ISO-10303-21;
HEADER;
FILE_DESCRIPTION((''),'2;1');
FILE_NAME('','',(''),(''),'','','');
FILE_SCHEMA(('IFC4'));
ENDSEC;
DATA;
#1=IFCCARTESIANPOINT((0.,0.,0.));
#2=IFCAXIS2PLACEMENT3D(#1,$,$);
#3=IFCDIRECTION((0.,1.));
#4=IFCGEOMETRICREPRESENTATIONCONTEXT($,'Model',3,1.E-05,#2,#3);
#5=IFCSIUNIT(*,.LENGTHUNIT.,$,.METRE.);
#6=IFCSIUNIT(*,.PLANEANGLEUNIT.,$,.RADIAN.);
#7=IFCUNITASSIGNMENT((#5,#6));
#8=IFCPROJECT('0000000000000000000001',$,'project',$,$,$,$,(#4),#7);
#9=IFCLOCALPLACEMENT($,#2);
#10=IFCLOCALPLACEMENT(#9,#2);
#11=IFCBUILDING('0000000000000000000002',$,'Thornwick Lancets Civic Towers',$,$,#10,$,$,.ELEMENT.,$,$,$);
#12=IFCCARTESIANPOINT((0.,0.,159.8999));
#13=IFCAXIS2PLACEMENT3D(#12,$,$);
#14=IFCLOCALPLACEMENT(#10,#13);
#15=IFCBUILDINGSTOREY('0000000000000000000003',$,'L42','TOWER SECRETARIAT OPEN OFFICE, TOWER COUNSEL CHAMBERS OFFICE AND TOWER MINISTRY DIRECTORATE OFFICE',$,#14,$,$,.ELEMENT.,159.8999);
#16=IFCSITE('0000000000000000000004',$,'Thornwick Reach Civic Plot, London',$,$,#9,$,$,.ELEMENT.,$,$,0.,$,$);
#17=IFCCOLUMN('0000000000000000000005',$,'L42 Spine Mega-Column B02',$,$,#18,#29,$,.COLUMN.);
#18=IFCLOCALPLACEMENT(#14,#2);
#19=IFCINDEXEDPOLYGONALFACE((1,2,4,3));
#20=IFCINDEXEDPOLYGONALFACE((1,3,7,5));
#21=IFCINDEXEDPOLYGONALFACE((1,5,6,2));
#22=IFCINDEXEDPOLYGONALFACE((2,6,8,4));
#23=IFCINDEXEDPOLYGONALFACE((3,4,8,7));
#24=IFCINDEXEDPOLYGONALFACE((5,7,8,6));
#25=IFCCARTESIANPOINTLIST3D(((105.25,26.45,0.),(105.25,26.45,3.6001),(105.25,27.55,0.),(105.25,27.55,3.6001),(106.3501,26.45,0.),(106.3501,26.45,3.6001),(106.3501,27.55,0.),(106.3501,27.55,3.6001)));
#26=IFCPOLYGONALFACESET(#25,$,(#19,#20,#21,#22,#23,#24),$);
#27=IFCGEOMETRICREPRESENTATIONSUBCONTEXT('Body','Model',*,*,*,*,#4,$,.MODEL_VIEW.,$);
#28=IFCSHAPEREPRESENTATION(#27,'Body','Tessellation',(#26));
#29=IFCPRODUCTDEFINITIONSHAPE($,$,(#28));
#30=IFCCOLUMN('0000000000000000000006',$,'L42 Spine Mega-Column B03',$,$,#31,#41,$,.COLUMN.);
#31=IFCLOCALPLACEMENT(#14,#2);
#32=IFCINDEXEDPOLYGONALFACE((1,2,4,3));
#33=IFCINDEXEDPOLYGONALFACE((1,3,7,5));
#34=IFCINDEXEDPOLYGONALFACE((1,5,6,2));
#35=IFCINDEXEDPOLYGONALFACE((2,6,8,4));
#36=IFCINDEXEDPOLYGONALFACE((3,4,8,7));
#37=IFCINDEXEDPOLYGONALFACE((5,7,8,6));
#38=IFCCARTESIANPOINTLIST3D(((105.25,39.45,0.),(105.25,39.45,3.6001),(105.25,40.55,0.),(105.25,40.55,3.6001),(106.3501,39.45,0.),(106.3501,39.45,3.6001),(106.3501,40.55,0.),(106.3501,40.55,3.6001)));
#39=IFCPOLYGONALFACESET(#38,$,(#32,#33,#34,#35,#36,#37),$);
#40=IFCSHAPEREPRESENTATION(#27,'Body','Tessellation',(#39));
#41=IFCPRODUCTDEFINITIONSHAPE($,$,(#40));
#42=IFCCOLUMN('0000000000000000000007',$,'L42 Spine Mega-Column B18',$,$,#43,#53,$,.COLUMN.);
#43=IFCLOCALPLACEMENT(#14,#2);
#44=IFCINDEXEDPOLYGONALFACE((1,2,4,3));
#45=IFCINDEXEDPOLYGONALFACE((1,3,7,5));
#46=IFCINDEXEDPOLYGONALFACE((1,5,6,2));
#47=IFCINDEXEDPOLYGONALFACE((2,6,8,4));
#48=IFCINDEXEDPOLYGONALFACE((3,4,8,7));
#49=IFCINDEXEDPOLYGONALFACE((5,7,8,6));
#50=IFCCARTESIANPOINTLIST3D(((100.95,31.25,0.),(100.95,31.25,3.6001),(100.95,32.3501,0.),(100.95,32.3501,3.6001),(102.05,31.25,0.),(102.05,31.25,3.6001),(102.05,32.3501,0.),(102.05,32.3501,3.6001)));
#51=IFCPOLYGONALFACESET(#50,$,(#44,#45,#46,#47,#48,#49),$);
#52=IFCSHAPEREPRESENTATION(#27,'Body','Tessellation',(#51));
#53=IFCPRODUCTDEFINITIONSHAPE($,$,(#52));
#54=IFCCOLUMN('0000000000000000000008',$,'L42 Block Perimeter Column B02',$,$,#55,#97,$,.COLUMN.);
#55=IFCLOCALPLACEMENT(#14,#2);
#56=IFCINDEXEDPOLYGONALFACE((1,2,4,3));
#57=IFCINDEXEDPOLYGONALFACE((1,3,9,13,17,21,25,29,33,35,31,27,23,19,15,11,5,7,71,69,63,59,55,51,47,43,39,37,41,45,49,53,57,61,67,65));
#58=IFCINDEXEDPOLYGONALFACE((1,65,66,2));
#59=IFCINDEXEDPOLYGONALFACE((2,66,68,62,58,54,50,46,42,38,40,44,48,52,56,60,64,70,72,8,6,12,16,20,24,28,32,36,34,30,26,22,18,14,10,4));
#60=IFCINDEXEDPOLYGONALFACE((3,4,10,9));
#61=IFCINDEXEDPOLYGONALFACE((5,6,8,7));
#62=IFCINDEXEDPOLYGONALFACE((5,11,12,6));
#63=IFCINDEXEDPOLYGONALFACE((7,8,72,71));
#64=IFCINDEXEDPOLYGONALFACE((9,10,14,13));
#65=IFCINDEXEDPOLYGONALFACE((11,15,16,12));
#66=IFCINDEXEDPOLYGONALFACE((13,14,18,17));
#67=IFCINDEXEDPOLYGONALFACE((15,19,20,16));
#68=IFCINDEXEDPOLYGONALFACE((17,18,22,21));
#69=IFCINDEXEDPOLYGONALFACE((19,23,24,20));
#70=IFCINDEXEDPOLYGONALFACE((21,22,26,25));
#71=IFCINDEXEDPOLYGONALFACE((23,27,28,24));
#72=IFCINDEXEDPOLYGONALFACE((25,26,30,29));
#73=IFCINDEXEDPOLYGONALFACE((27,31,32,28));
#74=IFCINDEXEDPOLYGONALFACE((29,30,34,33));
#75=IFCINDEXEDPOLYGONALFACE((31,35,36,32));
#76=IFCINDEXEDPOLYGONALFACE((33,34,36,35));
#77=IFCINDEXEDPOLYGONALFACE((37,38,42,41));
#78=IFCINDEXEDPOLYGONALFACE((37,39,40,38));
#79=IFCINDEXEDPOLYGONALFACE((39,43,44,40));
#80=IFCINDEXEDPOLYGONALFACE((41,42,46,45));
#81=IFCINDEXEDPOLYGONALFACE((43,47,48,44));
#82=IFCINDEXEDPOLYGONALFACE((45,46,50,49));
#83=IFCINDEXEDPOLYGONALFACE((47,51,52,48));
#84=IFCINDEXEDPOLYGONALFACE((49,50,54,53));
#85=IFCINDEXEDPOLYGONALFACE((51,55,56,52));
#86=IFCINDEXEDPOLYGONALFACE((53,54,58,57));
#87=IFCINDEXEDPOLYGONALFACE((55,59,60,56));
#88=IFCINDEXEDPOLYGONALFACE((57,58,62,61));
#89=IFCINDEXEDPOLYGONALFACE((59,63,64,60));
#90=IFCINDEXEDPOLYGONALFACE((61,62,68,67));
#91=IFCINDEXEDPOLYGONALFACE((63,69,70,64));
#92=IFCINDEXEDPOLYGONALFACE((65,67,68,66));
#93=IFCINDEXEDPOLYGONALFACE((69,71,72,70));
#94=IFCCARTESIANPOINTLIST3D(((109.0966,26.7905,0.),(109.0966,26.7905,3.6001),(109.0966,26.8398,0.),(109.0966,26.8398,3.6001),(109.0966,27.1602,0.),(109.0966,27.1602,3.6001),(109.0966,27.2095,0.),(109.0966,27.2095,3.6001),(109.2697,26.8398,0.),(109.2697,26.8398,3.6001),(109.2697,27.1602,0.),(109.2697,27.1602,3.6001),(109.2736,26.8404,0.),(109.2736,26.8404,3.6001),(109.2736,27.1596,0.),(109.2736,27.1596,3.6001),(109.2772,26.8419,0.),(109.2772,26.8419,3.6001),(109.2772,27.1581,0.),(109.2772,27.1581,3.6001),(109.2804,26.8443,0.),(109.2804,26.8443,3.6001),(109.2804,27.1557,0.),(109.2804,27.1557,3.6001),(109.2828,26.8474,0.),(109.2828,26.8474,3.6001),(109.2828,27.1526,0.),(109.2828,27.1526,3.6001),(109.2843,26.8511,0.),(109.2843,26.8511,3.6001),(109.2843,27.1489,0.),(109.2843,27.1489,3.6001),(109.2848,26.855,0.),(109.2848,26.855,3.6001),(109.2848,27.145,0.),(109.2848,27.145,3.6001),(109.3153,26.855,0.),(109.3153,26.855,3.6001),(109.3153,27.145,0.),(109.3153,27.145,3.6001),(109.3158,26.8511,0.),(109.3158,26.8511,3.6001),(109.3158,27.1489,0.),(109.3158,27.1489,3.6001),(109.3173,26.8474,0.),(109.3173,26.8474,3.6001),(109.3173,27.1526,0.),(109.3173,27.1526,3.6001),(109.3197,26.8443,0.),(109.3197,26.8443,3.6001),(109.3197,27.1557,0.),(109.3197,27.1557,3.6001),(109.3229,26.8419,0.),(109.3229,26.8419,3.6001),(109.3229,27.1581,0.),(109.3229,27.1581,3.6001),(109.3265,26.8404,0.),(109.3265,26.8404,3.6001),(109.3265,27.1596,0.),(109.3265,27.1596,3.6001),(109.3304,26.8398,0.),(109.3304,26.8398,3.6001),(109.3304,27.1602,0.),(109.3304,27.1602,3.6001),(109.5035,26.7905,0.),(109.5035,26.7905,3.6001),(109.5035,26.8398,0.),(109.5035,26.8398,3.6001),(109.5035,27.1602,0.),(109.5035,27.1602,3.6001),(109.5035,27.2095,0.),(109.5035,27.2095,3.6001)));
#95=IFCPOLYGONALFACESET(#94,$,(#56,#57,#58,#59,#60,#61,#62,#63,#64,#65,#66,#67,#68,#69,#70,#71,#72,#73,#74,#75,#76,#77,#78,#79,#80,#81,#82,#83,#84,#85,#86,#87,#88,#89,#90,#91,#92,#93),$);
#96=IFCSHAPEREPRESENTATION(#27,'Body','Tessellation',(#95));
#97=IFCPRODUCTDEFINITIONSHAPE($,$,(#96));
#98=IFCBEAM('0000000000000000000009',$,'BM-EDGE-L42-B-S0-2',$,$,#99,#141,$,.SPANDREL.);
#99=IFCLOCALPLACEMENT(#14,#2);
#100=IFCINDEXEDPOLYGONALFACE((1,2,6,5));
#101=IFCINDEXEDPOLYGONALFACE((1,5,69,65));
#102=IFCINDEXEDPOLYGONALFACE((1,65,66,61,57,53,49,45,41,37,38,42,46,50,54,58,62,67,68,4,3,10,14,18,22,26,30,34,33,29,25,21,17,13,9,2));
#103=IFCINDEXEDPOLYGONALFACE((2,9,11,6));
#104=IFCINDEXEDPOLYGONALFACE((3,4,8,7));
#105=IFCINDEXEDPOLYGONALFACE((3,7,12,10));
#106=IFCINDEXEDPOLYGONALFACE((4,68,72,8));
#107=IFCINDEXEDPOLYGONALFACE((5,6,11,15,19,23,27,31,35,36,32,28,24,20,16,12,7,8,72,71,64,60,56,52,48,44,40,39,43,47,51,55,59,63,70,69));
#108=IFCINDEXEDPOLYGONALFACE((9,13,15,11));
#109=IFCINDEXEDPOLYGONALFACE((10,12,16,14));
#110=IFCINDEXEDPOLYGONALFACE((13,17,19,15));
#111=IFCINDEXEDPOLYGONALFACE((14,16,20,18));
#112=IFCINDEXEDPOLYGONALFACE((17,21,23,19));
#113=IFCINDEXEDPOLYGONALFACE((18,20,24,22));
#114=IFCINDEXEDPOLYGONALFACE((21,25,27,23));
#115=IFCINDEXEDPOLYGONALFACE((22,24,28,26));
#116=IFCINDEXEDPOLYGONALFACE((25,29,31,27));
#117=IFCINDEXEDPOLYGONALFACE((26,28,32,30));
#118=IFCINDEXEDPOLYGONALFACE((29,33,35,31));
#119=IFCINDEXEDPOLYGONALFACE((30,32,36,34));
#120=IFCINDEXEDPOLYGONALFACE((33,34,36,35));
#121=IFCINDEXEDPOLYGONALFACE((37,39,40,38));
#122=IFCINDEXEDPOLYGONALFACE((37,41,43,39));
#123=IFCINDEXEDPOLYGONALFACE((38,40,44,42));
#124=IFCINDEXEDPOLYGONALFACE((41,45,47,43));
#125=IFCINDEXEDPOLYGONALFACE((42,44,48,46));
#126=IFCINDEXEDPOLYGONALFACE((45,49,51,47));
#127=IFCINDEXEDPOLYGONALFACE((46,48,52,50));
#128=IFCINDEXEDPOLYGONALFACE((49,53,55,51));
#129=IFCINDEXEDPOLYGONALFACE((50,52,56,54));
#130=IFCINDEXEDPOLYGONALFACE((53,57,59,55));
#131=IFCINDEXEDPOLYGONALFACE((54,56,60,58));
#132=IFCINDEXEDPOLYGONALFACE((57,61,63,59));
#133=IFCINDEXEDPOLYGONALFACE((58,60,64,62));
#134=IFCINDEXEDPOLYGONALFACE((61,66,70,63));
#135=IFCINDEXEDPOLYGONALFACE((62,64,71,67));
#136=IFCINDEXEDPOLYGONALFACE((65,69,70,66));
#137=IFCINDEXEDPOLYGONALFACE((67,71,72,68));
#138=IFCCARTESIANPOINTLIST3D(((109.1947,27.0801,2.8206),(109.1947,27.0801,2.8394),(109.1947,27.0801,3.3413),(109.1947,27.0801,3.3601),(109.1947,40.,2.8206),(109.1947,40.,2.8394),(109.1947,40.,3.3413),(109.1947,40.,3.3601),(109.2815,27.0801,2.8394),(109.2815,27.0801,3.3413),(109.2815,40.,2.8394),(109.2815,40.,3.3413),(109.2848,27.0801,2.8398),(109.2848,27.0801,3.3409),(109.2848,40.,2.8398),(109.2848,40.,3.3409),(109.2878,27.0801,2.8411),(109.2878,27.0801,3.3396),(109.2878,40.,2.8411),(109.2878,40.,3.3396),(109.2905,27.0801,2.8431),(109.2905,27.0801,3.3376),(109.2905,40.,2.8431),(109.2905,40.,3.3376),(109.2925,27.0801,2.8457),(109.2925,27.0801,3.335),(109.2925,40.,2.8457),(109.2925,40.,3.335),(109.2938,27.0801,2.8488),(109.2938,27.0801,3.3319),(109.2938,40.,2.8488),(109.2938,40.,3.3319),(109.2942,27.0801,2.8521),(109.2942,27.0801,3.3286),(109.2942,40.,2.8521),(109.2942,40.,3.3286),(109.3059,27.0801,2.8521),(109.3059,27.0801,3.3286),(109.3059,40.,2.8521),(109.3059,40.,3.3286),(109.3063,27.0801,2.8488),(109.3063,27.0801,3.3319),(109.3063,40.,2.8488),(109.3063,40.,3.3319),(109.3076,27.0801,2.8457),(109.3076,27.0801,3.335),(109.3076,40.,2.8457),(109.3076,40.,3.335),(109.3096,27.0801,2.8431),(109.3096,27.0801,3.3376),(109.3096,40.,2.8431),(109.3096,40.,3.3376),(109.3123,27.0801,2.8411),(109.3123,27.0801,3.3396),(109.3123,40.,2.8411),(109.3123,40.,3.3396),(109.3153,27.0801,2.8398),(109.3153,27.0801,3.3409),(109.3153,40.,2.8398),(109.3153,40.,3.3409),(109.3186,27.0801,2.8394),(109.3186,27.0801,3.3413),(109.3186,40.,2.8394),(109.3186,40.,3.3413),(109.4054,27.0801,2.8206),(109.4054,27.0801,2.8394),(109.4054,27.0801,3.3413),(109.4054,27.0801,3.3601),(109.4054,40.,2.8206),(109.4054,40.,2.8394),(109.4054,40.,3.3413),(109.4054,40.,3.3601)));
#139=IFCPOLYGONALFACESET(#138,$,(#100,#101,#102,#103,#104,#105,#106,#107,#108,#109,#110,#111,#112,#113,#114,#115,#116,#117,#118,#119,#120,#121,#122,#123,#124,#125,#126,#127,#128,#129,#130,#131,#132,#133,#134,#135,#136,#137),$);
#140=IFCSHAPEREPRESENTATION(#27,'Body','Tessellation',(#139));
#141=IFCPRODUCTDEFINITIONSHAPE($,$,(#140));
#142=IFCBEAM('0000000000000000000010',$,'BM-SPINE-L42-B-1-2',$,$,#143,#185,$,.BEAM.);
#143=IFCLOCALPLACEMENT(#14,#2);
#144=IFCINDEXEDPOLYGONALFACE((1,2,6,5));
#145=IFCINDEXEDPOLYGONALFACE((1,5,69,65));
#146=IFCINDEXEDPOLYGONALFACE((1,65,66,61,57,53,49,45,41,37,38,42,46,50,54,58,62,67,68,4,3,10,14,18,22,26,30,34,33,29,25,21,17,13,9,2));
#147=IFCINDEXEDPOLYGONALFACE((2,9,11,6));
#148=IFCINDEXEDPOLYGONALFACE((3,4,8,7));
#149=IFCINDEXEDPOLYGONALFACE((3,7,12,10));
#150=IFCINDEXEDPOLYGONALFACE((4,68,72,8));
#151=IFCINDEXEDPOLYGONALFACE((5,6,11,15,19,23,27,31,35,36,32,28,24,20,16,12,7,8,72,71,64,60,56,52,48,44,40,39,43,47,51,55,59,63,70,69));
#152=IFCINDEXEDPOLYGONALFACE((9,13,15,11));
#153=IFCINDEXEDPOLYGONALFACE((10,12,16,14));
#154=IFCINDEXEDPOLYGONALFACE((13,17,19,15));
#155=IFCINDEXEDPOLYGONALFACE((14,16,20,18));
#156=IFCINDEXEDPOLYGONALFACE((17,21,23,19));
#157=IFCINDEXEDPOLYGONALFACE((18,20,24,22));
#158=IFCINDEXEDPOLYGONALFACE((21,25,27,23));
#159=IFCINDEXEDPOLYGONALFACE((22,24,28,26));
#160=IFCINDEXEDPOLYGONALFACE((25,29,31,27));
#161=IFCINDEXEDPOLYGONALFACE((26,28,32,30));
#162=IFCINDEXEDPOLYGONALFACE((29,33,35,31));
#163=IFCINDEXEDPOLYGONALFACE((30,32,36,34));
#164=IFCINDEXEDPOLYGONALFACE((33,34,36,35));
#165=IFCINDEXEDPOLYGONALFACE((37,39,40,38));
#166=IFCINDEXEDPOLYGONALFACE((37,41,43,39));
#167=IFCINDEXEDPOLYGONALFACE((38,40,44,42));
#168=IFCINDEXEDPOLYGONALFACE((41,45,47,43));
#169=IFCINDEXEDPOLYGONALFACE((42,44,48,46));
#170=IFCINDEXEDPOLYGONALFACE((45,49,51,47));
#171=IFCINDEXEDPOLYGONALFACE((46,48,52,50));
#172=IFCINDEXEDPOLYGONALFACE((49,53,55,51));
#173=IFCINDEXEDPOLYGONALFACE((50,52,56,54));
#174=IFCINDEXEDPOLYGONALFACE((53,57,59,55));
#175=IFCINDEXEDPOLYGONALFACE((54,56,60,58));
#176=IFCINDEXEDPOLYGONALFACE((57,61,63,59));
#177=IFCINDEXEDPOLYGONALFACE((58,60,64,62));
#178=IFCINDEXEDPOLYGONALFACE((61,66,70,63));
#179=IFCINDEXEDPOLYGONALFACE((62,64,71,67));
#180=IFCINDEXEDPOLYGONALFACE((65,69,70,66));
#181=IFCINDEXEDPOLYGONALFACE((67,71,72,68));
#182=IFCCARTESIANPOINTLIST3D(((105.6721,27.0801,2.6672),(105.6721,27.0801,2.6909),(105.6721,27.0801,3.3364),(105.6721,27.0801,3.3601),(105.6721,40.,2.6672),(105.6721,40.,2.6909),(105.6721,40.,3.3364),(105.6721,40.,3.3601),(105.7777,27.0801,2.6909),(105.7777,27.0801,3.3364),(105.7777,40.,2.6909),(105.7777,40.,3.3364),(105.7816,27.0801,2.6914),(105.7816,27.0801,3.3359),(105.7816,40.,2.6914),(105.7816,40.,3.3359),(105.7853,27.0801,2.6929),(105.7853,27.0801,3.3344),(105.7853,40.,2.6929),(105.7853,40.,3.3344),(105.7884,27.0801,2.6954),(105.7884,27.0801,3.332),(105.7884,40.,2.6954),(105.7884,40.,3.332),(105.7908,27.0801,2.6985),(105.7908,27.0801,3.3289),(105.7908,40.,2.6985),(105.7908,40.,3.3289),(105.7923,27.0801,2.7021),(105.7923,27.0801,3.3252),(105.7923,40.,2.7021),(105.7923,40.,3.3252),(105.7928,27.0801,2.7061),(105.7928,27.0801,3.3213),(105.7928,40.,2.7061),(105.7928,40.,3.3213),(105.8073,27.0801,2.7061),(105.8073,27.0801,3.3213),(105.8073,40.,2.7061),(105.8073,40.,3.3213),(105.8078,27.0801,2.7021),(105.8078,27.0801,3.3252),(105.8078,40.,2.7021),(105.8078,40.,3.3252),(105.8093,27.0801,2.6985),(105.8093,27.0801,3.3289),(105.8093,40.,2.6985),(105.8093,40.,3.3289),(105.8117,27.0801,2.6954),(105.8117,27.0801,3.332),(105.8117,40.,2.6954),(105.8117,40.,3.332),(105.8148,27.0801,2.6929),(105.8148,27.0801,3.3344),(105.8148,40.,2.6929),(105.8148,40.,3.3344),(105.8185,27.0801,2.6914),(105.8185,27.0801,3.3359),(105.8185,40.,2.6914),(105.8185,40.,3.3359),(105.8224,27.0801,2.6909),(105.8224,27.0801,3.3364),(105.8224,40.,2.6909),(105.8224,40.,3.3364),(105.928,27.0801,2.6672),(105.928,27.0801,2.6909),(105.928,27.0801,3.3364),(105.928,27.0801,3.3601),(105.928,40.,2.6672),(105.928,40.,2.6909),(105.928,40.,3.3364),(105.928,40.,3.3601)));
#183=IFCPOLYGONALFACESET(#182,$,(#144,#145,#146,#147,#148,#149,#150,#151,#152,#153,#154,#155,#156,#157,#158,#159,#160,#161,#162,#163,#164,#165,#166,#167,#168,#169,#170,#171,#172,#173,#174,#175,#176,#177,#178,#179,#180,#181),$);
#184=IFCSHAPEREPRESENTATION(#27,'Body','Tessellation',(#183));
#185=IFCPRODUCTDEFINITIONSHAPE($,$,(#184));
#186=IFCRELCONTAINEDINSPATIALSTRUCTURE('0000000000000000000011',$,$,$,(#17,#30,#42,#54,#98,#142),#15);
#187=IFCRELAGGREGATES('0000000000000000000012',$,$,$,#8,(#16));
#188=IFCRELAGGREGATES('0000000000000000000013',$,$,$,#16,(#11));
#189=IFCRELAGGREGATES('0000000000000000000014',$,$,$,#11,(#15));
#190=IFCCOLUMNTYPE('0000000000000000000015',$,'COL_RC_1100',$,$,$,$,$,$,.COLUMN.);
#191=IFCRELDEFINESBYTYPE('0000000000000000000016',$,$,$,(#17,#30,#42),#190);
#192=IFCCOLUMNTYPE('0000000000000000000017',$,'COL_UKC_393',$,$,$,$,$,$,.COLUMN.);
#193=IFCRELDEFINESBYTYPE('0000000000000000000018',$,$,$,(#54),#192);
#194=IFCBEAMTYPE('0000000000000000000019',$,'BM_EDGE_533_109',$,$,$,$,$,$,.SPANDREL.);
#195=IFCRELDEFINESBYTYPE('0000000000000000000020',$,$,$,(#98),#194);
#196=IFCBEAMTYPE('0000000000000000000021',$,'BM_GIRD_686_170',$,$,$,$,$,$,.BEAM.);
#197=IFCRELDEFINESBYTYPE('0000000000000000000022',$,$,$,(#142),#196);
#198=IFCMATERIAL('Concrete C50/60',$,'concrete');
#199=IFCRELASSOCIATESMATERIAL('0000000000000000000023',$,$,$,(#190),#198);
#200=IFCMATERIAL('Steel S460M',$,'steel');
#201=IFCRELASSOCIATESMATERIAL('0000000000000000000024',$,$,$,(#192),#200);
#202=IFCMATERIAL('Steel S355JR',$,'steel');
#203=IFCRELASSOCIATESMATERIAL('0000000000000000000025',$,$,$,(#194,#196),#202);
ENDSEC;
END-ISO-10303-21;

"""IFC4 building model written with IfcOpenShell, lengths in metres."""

from ifc_helpers import new_model, si_unit, direction, frame, origin, origin_2d, place, context, subcontext, project, spatial, rectangle, i_section, extrude, material, material_profile, profile_set, type_object, element, save


model = new_model("IFC4")

# Units and contexts
model_context = context("Model", 3, precision=1e-05, world=origin(), true_north=direction((0.0, 1.0)))
body_context = subcontext(model_context, "Body", "Model", "MODEL_VIEW")
ifc_project = project(units=[si_unit("LENGTHUNIT", "METRE"), si_unit("PLANEANGLEUNIT", "RADIAN")], contexts=[model_context])

# Site, building, storey
site_placement = place(None, origin())
site = spatial("IfcSite", under=ifc_project, at=site_placement, Name="Thornwick Reach Civic Plot, London", CompositionType="ELEMENT", RefElevation=0.0)
building_placement = place(site_placement, origin())
building = spatial("IfcBuilding", under=site, at=building_placement, Name="Thornwick Lancets Civic Towers", CompositionType="ELEMENT")
storey_placement = place(building_placement, frame((0.0, 0.0, 159.8999)))
storey = spatial("IfcBuildingStorey", under=building, at=storey_placement, Name="L42", Description="TOWER SECRETARIAT OPEN OFFICE, TOWER COUNSEL CHAMBERS OFFICE AND TOWER MINISTRY DIRECTORATE OFFICE", CompositionType="ELEMENT", Elevation=159.8999)

# Columns
ifc_material_1 = material(Name="Concrete C50/60", Category="concrete")
ifc_material_profile_1 = material_profile(ifc_material_1, rectangle(XDim=1.1001, YDim=1.1001, at=origin_2d()), Name="RC 1100x1100")
ifc_profile_set_1 = profile_set([ifc_material_profile_1], Name="Concrete C50/60")
column_type_1 = type_object("IfcColumnType", Name="COL_RC_1100", PredefinedType="COLUMN", material=ifc_profile_set_1)
for number, where, z_axis, x_axis, name in (
    (1, (105.8, 27.0, 0.0), (0.0, 0.0, 1.0), (1.0, 0.0, 0.0), "L42 Spine Mega-Column B02"),
    (2, (105.8, 40.0, 0.0), (0.0, 0.0, 1.0), (1.0, 0.0, 0.0), "L42 Spine Mega-Column B03"),
    (3, (101.5, 31.8, 0.0), (0.0, 0.0, 1.0), (1.0, 0.0, 0.0), "L42 Spine Mega-Column B18"),
):
    element("IfcColumn", number, at=place(storey_placement, frame(where, z_axis=z_axis, x_axis=x_axis)), inside=storey, type_object=column_type_1, Name=name, PredefinedType="COLUMN", context=body_context, shape_type="SweptSolid", body=[
        extrude(rectangle(XDim=1.1001, YDim=1.1001, at=origin_2d()), origin(), (0.0, 0.0, 1.0), 3.6001),
    ])
ifc_material_2 = material(Name="Steel S460M", Category="steel")
ifc_material_profile_2 = material_profile(ifc_material_2, i_section(OverallWidth=0.407, OverallDepth=0.4189, WebThickness=0.0305, FlangeThickness=0.0493, FilletRadius=0.0151, at=origin_2d()), Name="UKC 356x406x393")
ifc_profile_set_2 = profile_set([ifc_material_profile_2], Name="Steel S460M")
column_type_2 = type_object("IfcColumnType", Name="COL_UKC_393", PredefinedType="COLUMN", material=ifc_profile_set_2)
column_placement = place(storey_placement, frame((109.3, 27.0, 0.0), z_axis=(0.0, 0.0, 1.0), x_axis=(1.0, 0.0, 0.0)))
element("IfcColumn", 4, at=column_placement, inside=storey, type_object=column_type_2, Name="L42 Block Perimeter Column B02", PredefinedType="COLUMN", context=body_context, shape_type="SweptSolid", body=[
    extrude(i_section(OverallWidth=0.407, OverallDepth=0.4189, WebThickness=0.0305, FlangeThickness=0.0493, FilletRadius=0.0151, at=origin_2d()), origin(), (0.0, 0.0, 1.0), 3.6001),
])

# Beams
ifc_material_3 = material(Name="Steel S355JR", Category="steel")
ifc_material_profile_3 = material_profile(ifc_material_3, i_section(OverallWidth=0.2107, OverallDepth=0.5396, WebThickness=0.0117, FlangeThickness=0.0188, FilletRadius=0.0127, at=origin_2d()), Name="UKB 533x210x109")
ifc_profile_set_3 = profile_set([ifc_material_profile_3], Name="Steel S355JR")
beam_type_1 = type_object("IfcBeamType", Name="BM_EDGE_533_109", PredefinedType="SPANDREL", material=ifc_profile_set_3)
beam_1_placement = place(storey_placement, frame((109.3, 27.0801, 3.0903), z_axis=(0.0, 1.0, 0.0), x_axis=(-1.0, 0.0, 0.0)))
element("IfcBeam", 5, at=beam_1_placement, inside=storey, type_object=beam_type_1, Name="BM-EDGE-L42-B-S0-2", PredefinedType="SPANDREL", context=body_context, shape_type="SweptSolid", body=[
    extrude(i_section(OverallWidth=0.2107, OverallDepth=0.5396, WebThickness=0.0117, FlangeThickness=0.0188, FilletRadius=0.0127, at=origin_2d()), origin(), (0.0, 0.0, 1.0), 12.9199),
])
ifc_material_profile_4 = material_profile(ifc_material_3, i_section(OverallWidth=0.2559, OverallDepth=0.6929, WebThickness=0.0144, FlangeThickness=0.0237, FilletRadius=0.0151, at=origin_2d()), Name="UKB 686x254x170")
ifc_profile_set_4 = profile_set([ifc_material_profile_4], Name="Steel S355JR")
beam_type_2 = type_object("IfcBeamType", Name="BM_GIRD_686_170", PredefinedType="BEAM", material=ifc_profile_set_4)
beam_2_placement = place(storey_placement, frame((105.8, 27.0801, 3.0137), z_axis=(0.0, 1.0, 0.0), x_axis=(-1.0, 0.0, 0.0)))
element("IfcBeam", 6, at=beam_2_placement, inside=storey, type_object=beam_type_2, Name="BM-SPINE-L42-B-1-2", PredefinedType="BEAM", context=body_context, shape_type="SweptSolid", body=[
    extrude(i_section(OverallWidth=0.2559, OverallDepth=0.6929, WebThickness=0.0144, FlangeThickness=0.0237, FilletRadius=0.0151, at=origin_2d()), origin(), (0.0, 0.0, 1.0), 12.9199),
])

save(model, "model.ifc")
